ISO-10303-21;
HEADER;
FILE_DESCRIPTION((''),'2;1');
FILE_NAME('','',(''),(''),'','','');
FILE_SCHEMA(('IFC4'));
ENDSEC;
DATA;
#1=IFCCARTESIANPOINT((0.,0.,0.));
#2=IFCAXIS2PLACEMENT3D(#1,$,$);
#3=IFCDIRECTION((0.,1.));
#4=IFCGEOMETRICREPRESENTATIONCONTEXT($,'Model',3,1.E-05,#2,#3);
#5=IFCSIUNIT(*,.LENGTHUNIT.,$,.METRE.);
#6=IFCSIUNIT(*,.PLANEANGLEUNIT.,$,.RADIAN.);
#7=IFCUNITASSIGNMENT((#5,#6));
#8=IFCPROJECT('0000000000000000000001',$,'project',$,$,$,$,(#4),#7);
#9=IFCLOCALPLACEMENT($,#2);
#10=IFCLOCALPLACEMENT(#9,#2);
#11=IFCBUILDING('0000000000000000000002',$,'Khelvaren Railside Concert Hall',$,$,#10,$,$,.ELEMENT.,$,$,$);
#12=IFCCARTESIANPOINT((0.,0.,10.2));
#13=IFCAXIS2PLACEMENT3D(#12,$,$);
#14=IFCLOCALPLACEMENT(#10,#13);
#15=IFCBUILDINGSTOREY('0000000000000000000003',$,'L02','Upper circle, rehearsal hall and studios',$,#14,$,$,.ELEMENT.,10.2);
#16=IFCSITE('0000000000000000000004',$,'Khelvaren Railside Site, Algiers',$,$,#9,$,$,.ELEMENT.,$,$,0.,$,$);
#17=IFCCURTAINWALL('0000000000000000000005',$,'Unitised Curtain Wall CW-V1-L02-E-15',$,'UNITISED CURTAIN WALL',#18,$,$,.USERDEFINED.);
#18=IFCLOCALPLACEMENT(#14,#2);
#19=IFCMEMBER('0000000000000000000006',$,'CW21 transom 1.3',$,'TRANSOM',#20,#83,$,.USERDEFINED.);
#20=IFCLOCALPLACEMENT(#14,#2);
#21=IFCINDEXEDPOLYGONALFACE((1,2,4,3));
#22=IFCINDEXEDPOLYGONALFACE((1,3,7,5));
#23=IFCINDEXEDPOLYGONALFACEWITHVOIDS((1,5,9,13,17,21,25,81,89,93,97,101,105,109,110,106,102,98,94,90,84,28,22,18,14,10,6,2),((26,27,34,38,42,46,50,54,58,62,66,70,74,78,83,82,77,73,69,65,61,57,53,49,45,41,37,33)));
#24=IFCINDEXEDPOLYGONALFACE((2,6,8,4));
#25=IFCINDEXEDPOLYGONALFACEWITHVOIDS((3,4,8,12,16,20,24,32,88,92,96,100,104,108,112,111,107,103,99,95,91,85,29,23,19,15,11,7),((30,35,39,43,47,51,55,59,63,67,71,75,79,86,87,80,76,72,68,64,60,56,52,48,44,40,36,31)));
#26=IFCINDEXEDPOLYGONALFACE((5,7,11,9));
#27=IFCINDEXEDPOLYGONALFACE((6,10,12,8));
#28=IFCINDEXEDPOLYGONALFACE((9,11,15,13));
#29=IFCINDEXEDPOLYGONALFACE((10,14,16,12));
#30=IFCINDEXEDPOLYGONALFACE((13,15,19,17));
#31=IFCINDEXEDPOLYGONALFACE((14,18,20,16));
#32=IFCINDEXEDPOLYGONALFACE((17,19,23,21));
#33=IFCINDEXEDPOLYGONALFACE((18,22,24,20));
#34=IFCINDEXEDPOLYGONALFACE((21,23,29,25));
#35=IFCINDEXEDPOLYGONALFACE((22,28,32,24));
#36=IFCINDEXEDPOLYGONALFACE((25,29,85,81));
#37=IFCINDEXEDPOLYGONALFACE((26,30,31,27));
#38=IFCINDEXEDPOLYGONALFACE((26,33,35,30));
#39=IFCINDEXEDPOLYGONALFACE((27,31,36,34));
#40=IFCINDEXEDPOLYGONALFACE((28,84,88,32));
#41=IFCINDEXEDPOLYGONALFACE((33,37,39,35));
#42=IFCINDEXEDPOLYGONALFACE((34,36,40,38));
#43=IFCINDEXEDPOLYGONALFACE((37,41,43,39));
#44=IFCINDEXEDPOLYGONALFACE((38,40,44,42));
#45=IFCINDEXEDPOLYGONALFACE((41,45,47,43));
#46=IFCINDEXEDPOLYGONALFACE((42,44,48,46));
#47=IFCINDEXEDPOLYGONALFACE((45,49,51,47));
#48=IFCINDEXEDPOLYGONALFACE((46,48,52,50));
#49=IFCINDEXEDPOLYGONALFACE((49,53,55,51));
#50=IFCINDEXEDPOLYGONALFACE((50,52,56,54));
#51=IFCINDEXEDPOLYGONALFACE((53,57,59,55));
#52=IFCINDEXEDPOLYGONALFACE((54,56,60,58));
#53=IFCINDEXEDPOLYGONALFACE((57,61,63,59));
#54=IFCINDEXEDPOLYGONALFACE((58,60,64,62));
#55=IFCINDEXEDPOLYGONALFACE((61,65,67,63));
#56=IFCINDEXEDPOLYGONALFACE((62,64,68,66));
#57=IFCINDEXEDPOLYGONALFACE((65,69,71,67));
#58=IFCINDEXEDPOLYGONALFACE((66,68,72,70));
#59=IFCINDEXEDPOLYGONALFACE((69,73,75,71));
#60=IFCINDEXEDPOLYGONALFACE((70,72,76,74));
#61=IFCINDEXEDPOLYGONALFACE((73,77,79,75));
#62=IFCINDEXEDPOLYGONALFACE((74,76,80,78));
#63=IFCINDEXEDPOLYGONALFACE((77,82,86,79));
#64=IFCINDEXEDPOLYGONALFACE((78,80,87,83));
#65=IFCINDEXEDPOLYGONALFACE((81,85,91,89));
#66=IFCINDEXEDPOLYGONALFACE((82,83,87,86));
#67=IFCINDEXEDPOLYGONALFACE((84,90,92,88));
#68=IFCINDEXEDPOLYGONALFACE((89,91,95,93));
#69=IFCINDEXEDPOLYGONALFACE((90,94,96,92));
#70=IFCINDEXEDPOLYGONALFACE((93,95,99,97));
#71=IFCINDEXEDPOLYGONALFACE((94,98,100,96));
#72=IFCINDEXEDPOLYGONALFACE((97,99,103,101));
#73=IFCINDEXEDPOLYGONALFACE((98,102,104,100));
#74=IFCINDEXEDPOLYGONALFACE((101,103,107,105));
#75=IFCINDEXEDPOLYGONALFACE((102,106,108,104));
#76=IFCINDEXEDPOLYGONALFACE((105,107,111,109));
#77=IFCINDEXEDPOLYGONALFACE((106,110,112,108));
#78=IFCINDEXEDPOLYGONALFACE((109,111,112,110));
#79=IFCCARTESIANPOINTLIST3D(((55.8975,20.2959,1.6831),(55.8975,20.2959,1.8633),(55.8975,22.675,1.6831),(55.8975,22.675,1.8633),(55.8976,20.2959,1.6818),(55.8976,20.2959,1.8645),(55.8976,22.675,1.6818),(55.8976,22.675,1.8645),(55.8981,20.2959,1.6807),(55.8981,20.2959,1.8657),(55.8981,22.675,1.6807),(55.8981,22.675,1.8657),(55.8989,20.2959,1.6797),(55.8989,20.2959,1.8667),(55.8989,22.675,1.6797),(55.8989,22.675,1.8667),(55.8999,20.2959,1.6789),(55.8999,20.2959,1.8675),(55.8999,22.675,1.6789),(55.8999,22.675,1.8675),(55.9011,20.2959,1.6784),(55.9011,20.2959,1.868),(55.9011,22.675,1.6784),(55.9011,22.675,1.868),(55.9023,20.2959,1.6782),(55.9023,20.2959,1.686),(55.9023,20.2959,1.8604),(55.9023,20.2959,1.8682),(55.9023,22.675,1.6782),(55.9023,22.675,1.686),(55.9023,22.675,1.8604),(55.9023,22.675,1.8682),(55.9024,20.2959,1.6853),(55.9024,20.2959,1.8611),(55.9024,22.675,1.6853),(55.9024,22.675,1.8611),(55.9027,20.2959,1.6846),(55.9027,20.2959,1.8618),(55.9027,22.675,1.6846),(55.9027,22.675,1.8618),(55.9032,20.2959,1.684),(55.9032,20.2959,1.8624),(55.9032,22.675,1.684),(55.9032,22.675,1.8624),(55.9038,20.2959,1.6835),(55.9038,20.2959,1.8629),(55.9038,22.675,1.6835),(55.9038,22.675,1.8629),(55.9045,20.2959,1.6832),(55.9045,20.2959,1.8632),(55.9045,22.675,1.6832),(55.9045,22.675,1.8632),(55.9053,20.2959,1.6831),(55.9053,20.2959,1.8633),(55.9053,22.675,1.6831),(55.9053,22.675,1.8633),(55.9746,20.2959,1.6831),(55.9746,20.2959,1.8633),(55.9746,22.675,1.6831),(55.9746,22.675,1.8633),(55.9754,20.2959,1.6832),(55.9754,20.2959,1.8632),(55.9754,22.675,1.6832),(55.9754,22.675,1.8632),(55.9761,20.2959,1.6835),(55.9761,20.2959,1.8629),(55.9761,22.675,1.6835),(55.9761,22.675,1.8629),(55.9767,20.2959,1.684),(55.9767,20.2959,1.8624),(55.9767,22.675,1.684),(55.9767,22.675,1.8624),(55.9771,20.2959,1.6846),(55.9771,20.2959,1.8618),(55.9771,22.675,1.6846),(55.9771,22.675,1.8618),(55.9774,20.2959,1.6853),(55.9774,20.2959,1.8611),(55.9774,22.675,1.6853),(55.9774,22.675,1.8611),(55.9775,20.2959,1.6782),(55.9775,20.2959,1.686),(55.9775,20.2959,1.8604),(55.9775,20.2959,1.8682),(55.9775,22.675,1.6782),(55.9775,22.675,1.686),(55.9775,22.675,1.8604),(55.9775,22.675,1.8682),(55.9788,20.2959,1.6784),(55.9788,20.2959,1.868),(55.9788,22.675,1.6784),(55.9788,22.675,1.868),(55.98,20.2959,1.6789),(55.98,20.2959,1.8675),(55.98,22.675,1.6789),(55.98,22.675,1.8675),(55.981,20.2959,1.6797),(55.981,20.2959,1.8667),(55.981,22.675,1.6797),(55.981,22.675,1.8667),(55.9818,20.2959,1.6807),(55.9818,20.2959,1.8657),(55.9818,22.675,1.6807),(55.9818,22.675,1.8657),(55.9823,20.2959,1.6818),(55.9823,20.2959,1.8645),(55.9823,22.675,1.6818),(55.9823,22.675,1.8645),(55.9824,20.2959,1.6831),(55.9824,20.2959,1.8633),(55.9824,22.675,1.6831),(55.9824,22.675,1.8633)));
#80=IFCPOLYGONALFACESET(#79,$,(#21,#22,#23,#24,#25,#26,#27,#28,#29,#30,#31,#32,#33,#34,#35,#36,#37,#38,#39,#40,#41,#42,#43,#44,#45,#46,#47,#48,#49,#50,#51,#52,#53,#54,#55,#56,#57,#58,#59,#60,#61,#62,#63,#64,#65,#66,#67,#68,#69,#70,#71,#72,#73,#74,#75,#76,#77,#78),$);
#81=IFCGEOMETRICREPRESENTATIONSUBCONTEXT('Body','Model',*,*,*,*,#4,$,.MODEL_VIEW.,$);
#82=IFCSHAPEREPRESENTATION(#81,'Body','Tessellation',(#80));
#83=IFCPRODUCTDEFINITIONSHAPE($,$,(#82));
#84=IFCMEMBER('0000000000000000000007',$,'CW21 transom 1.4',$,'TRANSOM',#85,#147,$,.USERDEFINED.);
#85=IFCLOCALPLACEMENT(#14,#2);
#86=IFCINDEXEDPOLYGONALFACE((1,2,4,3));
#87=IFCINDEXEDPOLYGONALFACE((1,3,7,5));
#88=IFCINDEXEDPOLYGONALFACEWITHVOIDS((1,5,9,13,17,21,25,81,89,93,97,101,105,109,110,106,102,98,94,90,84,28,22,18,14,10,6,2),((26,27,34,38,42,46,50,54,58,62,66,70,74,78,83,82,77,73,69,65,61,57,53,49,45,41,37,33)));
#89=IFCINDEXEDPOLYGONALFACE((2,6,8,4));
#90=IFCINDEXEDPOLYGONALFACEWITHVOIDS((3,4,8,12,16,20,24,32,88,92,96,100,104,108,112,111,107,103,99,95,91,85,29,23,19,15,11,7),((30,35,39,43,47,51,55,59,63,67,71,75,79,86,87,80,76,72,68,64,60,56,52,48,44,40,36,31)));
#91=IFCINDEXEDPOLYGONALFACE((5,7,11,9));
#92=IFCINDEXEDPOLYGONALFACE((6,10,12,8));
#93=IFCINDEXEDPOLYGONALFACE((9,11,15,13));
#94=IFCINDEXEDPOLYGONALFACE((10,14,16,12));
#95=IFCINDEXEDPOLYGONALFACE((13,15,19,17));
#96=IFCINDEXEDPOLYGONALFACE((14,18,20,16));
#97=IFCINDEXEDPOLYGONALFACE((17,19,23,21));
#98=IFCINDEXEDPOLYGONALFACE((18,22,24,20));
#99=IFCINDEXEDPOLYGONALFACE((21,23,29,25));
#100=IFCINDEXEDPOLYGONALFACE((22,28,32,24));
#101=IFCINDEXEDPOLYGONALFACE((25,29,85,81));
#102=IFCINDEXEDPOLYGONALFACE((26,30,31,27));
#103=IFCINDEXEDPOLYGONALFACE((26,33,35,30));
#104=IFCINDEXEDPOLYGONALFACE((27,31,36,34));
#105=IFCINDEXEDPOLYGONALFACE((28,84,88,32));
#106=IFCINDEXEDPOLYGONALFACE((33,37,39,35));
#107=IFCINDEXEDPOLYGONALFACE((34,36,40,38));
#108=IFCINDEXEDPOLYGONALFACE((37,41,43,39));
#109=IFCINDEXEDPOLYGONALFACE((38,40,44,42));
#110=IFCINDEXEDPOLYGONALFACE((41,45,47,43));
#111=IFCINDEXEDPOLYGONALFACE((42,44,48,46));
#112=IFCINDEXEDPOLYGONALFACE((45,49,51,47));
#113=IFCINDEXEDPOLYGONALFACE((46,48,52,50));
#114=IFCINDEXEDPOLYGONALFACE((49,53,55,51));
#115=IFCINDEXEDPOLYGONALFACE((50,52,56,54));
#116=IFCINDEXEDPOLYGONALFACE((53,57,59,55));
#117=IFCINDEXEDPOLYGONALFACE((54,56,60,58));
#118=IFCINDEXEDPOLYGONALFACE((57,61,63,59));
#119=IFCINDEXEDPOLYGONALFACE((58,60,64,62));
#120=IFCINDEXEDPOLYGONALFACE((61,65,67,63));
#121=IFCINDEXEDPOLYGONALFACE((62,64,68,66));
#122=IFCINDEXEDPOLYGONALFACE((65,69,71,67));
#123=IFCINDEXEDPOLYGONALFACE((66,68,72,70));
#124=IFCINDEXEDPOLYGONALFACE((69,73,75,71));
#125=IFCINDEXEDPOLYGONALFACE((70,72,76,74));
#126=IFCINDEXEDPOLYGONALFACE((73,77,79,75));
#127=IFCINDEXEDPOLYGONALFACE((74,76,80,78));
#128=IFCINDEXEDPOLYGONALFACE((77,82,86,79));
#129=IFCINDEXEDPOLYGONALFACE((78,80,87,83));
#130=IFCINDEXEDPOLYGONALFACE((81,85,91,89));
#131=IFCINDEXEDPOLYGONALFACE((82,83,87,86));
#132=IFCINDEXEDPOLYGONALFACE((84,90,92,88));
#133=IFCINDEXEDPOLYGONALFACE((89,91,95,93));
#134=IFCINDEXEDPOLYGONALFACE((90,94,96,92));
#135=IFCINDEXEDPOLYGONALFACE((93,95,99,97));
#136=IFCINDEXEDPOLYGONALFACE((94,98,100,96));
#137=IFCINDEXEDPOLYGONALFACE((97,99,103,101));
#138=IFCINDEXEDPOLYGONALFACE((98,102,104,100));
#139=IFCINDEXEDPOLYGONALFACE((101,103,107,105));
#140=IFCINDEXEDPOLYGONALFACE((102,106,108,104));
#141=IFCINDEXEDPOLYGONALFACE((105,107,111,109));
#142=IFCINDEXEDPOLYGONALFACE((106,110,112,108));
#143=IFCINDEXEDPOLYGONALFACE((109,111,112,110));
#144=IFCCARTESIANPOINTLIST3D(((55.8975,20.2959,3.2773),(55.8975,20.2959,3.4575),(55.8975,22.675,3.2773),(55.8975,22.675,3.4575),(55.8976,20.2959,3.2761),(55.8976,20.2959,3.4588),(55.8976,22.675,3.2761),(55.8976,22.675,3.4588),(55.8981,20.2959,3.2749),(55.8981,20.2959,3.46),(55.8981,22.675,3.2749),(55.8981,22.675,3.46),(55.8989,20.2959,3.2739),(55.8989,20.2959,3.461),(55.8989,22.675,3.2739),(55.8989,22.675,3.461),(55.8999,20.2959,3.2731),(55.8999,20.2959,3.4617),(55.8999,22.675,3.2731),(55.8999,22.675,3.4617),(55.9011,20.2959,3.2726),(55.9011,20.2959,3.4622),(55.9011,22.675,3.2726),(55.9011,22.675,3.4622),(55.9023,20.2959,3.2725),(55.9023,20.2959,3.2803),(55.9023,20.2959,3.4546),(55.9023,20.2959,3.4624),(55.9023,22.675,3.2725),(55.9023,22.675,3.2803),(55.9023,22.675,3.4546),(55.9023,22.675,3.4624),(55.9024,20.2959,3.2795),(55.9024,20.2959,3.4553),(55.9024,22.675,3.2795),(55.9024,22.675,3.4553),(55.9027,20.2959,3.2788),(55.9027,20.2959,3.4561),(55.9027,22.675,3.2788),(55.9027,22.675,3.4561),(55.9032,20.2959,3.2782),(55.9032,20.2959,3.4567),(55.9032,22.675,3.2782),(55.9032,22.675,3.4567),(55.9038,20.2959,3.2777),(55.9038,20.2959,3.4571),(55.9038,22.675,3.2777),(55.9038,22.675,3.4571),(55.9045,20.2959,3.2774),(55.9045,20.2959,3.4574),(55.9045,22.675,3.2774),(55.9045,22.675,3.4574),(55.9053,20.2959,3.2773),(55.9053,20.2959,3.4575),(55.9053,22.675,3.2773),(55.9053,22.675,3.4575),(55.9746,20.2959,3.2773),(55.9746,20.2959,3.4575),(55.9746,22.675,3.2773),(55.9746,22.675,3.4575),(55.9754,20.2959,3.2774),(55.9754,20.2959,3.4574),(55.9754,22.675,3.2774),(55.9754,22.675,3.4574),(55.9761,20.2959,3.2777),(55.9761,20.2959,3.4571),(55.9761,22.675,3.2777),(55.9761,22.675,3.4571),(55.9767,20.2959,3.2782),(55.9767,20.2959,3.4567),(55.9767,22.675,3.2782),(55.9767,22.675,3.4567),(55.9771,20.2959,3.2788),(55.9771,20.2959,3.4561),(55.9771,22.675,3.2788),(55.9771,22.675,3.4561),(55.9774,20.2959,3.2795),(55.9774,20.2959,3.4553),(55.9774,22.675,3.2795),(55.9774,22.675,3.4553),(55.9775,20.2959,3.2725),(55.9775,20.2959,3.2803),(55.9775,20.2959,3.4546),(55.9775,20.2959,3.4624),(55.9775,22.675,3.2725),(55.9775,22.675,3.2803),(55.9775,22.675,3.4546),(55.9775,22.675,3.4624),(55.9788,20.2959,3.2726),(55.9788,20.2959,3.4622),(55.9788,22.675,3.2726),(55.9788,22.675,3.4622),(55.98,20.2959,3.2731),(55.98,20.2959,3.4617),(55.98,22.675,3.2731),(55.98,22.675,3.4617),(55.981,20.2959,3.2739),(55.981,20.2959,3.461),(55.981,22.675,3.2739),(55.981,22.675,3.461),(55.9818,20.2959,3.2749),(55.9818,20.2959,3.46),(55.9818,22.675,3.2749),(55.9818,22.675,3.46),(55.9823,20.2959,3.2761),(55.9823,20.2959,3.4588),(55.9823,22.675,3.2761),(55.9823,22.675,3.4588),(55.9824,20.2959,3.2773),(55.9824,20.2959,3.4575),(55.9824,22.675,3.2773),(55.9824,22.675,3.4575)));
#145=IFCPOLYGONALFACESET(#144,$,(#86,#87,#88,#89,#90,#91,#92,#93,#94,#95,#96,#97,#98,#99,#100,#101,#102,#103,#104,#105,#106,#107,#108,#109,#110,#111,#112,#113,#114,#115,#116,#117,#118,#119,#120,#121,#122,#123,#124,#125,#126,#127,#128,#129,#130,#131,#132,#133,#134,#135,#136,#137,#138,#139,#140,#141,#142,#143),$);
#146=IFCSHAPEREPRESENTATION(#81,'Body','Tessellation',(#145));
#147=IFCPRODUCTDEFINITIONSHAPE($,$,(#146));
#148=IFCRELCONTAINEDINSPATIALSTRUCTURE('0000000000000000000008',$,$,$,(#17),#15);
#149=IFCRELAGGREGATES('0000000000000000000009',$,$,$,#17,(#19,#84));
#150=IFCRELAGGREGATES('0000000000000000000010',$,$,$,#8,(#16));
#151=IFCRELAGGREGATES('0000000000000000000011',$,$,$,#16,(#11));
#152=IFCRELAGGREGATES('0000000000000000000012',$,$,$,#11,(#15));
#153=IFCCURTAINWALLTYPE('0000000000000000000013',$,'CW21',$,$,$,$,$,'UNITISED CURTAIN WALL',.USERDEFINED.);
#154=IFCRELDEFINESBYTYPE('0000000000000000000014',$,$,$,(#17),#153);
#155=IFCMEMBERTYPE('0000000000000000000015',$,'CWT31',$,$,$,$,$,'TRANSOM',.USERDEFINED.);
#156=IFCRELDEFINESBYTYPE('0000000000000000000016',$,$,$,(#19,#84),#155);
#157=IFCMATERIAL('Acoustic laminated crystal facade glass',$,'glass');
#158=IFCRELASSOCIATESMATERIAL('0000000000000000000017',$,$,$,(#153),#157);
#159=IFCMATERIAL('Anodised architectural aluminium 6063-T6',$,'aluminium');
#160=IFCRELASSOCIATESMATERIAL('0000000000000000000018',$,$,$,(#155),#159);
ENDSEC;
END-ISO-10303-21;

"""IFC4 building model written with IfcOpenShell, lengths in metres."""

from ifc_helpers import new_model, si_unit, direction, frame, origin, origin_2d, place, context, subcontext, project, spatial, hollow_rectangle, extrude, material, material_profile, profile_set, type_object, element, aggregate, save


model = new_model("IFC4")

# Units and contexts
model_context = context("Model", 3, precision=1e-05, world=origin(), true_north=direction((0.0, 1.0)))
body_context = subcontext(model_context, "Body", "Model", "MODEL_VIEW")
ifc_project = project(units=[si_unit("LENGTHUNIT", "METRE"), si_unit("PLANEANGLEUNIT", "RADIAN")], contexts=[model_context])

# Site, building, storey
site_placement = place(None, origin())
site = spatial("IfcSite", under=ifc_project, at=site_placement, Name="Khelvaren Railside Site, Algiers", CompositionType="ELEMENT", RefElevation=0.0)
building_placement = place(site_placement, origin())
building = spatial("IfcBuilding", under=site, at=building_placement, Name="Khelvaren Railside Concert Hall", CompositionType="ELEMENT")
storey_placement = place(building_placement, frame((0.0, 0.0, 10.2)))
storey = spatial("IfcBuildingStorey", under=building, at=storey_placement, Name="L02", Description="Upper circle, rehearsal hall and studios", CompositionType="ELEMENT", Elevation=10.2)

# Curtain wall
ifc_material_1 = material(Name="Acoustic laminated crystal facade glass", Category="glass")
curtain_wall_type_1 = type_object("IfcCurtainWallType", Name="CW21", ElementType="UNITISED CURTAIN WALL", PredefinedType="USERDEFINED", material=ifc_material_1)
curtain_wall_1_placement = place(storey_placement, origin())
curtain_wall_1 = element("IfcCurtainWall", 1, at=curtain_wall_1_placement, inside=storey, type_object=curtain_wall_type_1, Name="Unitised Curtain Wall CW-V1-L02-E-15", ObjectType="UNITISED CURTAIN WALL", PredefinedType="USERDEFINED")
ifc_material_2 = material(Name="Anodised architectural aluminium 6063-T6", Category="aluminium")

# Members
ifc_material_profile_1 = material_profile(ifc_material_2, hollow_rectangle(XDim=0.085, YDim=0.1899, WallThickness=0.0049, InnerFilletRadius=0.0029, OuterFilletRadius=0.0049, at=origin_2d()), Name="CWT 85x190x5")
ifc_profile_set_1 = profile_set([ifc_material_profile_1], Name="Anodised architectural aluminium 6063-T6")
member_type_1 = type_object("IfcMemberType", Name="CWT31", ElementType="TRANSOM", PredefinedType="USERDEFINED", material=ifc_profile_set_1)
member_1_placement = place(storey_placement, frame((55.9399, 22.675, 1.7732), z_axis=(0.0, -1.0, 0.0), x_axis=(1.0, 0.0, 0.0)))
member_1 = element("IfcMember", 2, at=member_1_placement, type_object=member_type_1, Name="CW21 transom 1.3", ObjectType="TRANSOM", PredefinedType="USERDEFINED", context=body_context, shape_type="SweptSolid", body=[
    extrude(hollow_rectangle(XDim=0.085, YDim=0.1899, WallThickness=0.0049, InnerFilletRadius=0.0029, OuterFilletRadius=0.0049, at=origin_2d()), origin(), (0.0, 0.0, 1.0), 2.3792),
])
member_2_placement = place(storey_placement, frame((55.9399, 22.675, 3.3674), z_axis=(0.0, -1.0, 0.0), x_axis=(1.0, 0.0, 0.0)))
member_2 = element("IfcMember", 3, at=member_2_placement, type_object=member_type_1, Name="CW21 transom 1.4", ObjectType="TRANSOM", PredefinedType="USERDEFINED", context=body_context, shape_type="SweptSolid", body=[
    extrude(hollow_rectangle(XDim=0.085, YDim=0.1899, WallThickness=0.0049, InnerFilletRadius=0.0029, OuterFilletRadius=0.0049, at=origin_2d()), origin(), (0.0, 0.0, 1.0), 2.3792),
])
aggregate(curtain_wall_1, [member_1, member_2])

save(model, "model.ifc")
